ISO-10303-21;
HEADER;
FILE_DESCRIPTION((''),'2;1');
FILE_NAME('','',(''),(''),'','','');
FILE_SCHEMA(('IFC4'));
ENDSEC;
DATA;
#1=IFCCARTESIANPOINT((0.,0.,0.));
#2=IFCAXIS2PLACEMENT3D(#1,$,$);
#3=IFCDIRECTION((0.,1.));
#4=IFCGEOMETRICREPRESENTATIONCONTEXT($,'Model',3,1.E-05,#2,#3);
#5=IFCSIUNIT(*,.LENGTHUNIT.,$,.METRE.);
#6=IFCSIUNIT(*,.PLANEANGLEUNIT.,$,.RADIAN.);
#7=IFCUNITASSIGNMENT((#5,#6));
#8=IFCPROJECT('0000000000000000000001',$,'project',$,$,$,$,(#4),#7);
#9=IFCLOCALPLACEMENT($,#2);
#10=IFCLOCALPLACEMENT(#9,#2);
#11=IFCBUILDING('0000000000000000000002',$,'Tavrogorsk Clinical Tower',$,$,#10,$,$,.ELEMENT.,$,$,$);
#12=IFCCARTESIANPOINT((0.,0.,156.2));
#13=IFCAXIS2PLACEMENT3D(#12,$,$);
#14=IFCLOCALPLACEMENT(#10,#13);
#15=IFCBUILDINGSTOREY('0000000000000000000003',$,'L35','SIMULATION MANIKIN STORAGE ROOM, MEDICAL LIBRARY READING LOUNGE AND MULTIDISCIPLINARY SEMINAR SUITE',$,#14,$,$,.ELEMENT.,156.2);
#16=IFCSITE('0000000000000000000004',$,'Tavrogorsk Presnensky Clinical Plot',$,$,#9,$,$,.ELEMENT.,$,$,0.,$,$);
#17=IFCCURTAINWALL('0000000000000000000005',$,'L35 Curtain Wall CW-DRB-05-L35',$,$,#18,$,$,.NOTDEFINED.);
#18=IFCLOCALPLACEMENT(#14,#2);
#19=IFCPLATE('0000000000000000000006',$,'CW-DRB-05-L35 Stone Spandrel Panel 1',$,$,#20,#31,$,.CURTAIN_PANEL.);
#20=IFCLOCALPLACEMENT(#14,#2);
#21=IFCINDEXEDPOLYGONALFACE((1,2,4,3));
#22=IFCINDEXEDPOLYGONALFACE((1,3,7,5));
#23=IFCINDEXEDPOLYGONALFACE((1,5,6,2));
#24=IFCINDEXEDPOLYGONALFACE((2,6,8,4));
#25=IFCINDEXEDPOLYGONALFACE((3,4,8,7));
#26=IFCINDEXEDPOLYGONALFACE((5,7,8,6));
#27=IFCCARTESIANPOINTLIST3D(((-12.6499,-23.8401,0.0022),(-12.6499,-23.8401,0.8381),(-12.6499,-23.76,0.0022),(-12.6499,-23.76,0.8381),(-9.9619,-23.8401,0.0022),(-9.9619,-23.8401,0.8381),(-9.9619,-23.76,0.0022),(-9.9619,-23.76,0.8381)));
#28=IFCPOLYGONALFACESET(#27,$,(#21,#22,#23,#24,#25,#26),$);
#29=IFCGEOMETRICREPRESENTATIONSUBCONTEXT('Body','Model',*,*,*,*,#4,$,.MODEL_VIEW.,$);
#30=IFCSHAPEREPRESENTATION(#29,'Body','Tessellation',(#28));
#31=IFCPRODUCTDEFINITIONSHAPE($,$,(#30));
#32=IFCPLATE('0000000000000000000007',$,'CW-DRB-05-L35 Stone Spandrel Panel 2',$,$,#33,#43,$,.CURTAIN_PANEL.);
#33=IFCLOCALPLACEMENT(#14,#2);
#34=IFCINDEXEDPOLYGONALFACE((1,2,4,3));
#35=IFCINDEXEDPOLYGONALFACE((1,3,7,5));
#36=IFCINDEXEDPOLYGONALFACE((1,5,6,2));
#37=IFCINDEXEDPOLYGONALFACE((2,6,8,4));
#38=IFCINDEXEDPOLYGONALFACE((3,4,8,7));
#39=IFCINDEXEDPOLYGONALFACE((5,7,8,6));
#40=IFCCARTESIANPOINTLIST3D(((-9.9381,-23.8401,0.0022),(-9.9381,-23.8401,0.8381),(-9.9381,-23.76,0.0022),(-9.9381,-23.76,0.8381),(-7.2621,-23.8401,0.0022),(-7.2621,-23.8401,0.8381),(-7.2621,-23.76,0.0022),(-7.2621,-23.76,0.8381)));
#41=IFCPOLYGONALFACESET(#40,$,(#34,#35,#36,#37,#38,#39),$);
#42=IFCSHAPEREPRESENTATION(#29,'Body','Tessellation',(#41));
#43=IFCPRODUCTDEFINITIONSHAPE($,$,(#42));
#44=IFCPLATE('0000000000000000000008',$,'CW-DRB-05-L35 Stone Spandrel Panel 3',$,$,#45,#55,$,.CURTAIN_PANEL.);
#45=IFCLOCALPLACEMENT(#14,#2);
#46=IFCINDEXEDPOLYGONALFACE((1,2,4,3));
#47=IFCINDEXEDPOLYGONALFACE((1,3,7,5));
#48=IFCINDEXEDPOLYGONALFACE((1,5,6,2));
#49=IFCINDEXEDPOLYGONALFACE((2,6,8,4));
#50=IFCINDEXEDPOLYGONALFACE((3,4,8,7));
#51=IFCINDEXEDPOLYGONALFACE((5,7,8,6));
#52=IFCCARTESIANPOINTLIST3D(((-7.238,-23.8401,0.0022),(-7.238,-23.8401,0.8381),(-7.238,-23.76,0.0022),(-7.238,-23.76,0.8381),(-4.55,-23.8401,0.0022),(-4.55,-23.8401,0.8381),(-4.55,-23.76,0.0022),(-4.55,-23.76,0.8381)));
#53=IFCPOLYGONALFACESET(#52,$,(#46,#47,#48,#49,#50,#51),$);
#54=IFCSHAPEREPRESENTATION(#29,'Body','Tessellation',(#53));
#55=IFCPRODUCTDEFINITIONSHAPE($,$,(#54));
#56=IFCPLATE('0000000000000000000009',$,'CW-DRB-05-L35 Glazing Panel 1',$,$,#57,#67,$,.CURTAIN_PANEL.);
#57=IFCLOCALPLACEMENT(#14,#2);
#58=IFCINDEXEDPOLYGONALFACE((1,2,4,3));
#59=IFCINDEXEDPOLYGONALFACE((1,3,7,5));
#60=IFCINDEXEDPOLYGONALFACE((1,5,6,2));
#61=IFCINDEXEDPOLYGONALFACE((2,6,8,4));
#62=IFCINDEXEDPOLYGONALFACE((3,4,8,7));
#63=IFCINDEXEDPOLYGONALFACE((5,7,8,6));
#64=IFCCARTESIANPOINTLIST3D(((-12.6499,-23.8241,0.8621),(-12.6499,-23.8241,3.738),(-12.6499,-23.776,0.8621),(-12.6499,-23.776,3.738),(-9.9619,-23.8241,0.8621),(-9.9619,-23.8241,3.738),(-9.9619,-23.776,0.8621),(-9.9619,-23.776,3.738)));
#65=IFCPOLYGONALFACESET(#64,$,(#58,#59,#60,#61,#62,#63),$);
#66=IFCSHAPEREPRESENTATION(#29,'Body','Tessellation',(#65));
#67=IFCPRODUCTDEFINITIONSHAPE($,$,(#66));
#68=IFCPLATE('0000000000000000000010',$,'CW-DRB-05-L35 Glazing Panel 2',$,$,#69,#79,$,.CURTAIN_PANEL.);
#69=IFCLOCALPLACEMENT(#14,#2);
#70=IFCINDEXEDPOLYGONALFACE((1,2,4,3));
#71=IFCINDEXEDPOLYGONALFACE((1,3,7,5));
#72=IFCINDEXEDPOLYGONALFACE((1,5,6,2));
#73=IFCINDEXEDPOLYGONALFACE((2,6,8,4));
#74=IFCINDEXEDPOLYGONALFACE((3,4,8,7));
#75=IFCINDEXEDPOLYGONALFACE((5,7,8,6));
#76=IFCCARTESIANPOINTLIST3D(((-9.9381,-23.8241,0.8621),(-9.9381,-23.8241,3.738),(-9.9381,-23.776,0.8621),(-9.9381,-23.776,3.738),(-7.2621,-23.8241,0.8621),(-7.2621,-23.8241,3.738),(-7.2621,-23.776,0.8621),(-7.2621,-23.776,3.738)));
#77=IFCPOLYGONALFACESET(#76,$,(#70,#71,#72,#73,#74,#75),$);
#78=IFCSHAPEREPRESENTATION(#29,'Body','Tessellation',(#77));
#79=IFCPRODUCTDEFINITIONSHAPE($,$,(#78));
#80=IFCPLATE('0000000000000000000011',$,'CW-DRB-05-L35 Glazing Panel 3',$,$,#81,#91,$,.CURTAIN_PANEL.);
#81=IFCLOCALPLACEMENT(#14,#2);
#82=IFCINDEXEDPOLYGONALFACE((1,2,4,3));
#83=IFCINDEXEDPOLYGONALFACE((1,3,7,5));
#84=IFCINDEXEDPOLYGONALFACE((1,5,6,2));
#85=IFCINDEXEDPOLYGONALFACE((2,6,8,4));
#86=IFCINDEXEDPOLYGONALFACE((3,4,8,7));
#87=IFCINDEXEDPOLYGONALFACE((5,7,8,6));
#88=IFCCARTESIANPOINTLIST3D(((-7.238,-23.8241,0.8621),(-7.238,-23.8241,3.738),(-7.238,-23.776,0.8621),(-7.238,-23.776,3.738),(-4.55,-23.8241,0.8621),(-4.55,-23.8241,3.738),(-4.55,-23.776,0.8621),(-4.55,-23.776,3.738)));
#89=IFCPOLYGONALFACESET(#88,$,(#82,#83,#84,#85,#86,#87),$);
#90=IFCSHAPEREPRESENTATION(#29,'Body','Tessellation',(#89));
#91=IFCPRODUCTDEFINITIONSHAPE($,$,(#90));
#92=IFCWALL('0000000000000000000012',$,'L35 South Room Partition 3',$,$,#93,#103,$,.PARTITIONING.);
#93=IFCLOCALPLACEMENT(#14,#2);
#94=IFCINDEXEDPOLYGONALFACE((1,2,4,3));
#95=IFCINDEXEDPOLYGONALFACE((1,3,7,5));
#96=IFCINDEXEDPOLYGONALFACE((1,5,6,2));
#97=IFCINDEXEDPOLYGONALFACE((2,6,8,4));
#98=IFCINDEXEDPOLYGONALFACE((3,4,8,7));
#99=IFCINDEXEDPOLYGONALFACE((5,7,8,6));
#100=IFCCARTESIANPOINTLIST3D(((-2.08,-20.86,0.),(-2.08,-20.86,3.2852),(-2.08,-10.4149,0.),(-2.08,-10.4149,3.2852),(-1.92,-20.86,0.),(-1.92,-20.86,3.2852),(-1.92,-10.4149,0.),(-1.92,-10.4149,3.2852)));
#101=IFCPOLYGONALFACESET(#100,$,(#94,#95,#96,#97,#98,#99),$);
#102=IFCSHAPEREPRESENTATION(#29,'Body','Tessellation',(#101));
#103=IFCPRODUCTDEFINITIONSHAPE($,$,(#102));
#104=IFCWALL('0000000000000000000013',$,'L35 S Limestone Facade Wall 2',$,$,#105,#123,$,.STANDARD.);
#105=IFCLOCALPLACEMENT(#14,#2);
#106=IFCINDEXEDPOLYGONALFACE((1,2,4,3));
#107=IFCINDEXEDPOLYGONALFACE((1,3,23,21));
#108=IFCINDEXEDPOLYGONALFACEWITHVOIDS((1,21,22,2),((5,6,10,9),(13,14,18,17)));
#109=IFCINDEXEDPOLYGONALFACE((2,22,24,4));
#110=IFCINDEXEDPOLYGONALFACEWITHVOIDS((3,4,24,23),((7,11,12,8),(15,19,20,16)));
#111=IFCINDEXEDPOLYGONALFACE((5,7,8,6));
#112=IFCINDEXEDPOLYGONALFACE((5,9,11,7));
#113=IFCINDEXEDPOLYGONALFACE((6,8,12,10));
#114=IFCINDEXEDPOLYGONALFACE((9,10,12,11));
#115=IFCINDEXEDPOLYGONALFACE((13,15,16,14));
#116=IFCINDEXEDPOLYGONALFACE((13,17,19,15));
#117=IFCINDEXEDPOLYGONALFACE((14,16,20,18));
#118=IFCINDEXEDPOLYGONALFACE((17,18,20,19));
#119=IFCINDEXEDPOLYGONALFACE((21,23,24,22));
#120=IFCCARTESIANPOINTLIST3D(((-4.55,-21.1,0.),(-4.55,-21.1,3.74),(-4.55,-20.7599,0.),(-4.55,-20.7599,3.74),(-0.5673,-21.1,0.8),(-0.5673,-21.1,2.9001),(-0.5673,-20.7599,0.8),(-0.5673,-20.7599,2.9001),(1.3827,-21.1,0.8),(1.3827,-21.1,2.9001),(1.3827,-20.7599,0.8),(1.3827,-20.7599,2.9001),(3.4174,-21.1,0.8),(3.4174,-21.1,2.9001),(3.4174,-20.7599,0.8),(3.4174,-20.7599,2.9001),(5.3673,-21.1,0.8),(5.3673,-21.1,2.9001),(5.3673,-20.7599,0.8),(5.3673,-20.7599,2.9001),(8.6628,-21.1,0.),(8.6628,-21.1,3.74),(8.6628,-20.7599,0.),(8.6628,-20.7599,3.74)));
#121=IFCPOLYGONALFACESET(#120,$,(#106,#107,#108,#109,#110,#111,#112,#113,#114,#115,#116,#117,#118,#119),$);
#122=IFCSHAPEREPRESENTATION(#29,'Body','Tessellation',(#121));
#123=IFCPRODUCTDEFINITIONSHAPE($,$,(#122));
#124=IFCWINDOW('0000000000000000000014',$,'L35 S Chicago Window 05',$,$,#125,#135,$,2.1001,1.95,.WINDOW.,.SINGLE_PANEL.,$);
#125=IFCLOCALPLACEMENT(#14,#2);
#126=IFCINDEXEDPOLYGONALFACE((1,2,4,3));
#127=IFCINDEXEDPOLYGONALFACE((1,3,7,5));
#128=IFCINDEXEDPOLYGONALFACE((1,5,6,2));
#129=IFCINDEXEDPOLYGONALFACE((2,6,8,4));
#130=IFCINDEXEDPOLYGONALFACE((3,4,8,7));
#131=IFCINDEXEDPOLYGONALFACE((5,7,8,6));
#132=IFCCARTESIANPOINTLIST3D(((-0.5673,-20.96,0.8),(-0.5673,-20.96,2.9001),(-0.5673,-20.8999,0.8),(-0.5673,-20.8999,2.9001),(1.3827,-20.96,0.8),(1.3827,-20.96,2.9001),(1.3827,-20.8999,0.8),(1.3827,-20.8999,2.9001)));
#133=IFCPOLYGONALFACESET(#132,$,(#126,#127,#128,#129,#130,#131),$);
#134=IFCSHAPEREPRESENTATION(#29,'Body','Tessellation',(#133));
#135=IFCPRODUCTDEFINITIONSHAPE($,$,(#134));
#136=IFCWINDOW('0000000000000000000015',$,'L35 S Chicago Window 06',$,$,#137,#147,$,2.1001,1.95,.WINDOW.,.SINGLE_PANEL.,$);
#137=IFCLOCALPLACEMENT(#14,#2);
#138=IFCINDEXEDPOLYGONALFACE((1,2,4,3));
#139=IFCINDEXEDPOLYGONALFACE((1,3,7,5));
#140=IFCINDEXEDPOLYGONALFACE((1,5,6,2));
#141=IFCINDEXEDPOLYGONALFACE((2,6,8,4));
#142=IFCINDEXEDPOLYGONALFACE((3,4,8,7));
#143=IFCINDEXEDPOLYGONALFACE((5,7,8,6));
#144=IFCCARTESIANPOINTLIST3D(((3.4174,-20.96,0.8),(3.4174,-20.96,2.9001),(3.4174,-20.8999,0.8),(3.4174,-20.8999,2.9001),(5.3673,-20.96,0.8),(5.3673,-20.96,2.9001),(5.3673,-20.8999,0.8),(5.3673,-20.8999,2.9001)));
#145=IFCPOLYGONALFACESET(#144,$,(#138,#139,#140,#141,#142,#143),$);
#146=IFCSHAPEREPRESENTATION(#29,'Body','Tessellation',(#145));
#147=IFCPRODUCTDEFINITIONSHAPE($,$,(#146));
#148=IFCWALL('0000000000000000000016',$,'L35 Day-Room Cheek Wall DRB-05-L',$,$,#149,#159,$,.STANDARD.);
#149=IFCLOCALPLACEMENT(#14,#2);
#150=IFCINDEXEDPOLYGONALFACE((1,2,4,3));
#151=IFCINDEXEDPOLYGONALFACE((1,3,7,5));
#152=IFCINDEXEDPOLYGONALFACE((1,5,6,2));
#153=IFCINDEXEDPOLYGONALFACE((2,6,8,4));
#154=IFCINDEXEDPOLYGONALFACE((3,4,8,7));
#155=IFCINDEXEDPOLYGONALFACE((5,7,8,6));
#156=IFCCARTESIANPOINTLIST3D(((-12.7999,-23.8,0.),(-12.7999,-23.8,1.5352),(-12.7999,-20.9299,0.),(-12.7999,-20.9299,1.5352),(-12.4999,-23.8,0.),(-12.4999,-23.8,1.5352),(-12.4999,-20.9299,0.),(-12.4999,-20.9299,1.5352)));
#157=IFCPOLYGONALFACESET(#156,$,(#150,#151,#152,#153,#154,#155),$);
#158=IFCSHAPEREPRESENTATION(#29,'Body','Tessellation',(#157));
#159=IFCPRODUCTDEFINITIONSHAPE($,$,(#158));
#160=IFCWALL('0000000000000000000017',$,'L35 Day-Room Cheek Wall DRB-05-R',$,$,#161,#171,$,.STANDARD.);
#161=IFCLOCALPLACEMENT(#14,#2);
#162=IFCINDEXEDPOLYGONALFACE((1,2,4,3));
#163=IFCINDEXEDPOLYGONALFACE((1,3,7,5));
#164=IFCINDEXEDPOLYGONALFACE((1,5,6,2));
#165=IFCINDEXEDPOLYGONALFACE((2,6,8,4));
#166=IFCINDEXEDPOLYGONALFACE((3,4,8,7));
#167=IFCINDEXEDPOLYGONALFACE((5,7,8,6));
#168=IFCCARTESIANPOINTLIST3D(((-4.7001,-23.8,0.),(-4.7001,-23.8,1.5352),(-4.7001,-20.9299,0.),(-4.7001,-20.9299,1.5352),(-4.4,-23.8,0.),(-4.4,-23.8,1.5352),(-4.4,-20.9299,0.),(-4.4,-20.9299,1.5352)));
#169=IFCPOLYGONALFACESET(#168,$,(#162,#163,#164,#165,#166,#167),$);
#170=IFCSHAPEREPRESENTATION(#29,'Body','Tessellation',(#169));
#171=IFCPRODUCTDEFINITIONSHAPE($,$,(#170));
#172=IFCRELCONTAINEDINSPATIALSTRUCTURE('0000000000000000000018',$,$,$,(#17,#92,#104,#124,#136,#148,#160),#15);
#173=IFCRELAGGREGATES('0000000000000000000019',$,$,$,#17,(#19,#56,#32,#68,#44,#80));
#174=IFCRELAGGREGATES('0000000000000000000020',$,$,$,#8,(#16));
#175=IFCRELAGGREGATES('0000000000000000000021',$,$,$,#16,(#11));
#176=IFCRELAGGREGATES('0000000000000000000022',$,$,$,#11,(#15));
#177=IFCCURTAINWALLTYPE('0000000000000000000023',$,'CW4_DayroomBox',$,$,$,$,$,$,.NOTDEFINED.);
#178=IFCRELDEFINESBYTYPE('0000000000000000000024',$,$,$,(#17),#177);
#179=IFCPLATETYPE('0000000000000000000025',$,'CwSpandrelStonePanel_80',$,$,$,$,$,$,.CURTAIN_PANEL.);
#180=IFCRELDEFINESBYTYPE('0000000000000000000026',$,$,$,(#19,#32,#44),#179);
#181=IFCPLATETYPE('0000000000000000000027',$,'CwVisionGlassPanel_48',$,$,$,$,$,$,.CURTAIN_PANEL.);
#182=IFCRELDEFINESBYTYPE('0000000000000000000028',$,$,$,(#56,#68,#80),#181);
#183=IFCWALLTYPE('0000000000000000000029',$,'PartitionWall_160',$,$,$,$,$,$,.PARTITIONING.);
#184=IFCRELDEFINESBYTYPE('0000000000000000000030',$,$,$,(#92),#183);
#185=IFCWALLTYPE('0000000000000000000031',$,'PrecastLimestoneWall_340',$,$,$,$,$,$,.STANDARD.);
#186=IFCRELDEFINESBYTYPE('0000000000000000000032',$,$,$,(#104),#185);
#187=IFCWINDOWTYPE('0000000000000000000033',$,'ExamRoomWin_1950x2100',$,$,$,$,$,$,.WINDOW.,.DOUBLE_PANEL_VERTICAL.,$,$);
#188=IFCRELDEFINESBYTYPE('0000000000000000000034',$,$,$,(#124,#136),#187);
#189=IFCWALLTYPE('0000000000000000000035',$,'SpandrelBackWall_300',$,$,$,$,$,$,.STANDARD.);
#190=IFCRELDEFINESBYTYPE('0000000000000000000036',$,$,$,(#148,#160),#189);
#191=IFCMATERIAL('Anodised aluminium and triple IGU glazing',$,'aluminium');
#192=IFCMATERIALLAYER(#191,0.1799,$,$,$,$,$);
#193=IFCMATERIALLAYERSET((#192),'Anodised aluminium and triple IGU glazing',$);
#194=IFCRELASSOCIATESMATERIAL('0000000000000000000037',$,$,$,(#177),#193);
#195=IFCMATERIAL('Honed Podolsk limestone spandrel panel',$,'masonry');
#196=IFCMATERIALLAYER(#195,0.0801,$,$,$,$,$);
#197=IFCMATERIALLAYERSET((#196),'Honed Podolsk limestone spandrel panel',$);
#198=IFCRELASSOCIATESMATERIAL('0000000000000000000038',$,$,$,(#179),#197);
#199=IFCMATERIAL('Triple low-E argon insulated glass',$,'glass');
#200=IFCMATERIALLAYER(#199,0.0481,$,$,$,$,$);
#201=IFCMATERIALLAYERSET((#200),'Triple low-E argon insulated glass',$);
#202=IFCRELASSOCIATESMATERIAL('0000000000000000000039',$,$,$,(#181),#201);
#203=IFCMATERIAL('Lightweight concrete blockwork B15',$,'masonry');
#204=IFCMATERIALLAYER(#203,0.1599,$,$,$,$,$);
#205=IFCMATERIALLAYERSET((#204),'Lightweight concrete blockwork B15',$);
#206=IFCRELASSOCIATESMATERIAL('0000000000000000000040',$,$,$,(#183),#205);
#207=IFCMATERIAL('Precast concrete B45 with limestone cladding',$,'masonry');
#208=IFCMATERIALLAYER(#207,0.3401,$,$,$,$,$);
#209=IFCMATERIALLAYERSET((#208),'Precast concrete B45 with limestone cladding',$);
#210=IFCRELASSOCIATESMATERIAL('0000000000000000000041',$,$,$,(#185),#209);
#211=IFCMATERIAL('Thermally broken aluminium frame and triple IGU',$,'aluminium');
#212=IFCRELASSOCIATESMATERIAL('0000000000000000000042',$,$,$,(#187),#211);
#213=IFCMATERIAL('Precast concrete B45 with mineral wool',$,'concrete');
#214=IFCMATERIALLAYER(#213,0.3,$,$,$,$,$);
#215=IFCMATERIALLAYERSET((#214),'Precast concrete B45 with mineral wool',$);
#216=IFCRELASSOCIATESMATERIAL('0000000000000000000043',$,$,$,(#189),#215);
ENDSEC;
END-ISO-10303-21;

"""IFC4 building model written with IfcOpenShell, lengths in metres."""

from ifc_helpers import new_model, si_unit, direction, frame, frame_2d, origin, origin_2d, place, context, subcontext, project, spatial, rectangle, extrude, material, layer, layer_set, type_object, element, fill, aggregate, save


model = new_model("IFC4")

# Units and contexts
model_context = context("Model", 3, precision=1e-05, world=origin(), true_north=direction((0.0, 1.0)))
body_context = subcontext(model_context, "Body", "Model", "MODEL_VIEW")
ifc_project = project(units=[si_unit("LENGTHUNIT", "METRE"), si_unit("PLANEANGLEUNIT", "RADIAN")], contexts=[model_context])

# Site, building, storey
site_placement = place(None, origin())
site = spatial("IfcSite", under=ifc_project, at=site_placement, Name="Tavrogorsk Presnensky Clinical Plot", CompositionType="ELEMENT", RefElevation=0.0)
building_placement = place(site_placement, origin())
building = spatial("IfcBuilding", under=site, at=building_placement, Name="Tavrogorsk Clinical Tower", CompositionType="ELEMENT")
storey_placement = place(building_placement, frame((0.0, 0.0, 156.2)))
storey = spatial("IfcBuildingStorey", under=building, at=storey_placement, Name="L35", Description="SIMULATION MANIKIN STORAGE ROOM, MEDICAL LIBRARY READING LOUNGE AND MULTIDISCIPLINARY SEMINAR SUITE", CompositionType="ELEMENT", Elevation=156.2)

# Curtain wall
ifc_material_1 = material(Name="Anodised aluminium and triple IGU glazing", Category="aluminium")
ifc_layer_1 = layer(ifc_material_1, 0.1799)
ifc_layer_set_1 = layer_set([ifc_layer_1], Name="Anodised aluminium and triple IGU glazing")
curtain_wall_type = type_object("IfcCurtainWallType", Name="CW4_DayroomBox", PredefinedType="NOTDEFINED", material=ifc_layer_set_1)
curtain_wall_placement = place(storey_placement, origin())
curtain_wall = element("IfcCurtainWall", 1, at=curtain_wall_placement, inside=storey, type_object=curtain_wall_type, Name="L35 Curtain Wall CW-DRB-05-L35", PredefinedType="NOTDEFINED")

# Plates
ifc_material_2 = material(Name="Honed Podolsk limestone spandrel panel", Category="masonry")
ifc_layer_2 = layer(ifc_material_2, 0.0801)
ifc_layer_set_2 = layer_set([ifc_layer_2], Name="Honed Podolsk limestone spandrel panel")
plate_type_1 = type_object("IfcPlateType", Name="CwSpandrelStonePanel_80", PredefinedType="CURTAIN_PANEL", material=ifc_layer_set_2)
plate_1_placement = place(storey_placement, frame((-11.3059, -23.8, 0.0022), z_axis=(0.0, 0.0, 1.0), x_axis=(1.0, 0.0, 0.0)))
plate_1 = element("IfcPlate", 2, at=plate_1_placement, type_object=plate_type_1, Name="CW-DRB-05-L35 Stone Spandrel Panel 1", PredefinedType="CURTAIN_PANEL", context=body_context, shape_type="SweptSolid", body=[
    extrude(rectangle(XDim=2.688, YDim=0.0801, at=origin_2d()), origin(), (0.0, 0.0, 1.0), 0.8359),
])
plate_2_placement = place(storey_placement, frame((-8.6001, -23.8, 0.0022), z_axis=(0.0, 0.0, 1.0), x_axis=(1.0, 0.0, 0.0)))
plate_2 = element("IfcPlate", 3, at=plate_2_placement, type_object=plate_type_1, Name="CW-DRB-05-L35 Stone Spandrel Panel 2", PredefinedType="CURTAIN_PANEL", context=body_context, shape_type="SweptSolid", body=[
    extrude(rectangle(XDim=2.676, YDim=0.0801, at=origin_2d()), origin(), (0.0, 0.0, 1.0), 0.8359),
])
plate_3_placement = place(storey_placement, frame((-5.894, -23.8, 0.0022), z_axis=(0.0, 0.0, 1.0), x_axis=(1.0, 0.0, 0.0)))
plate_3 = element("IfcPlate", 4, at=plate_3_placement, type_object=plate_type_1, Name="CW-DRB-05-L35 Stone Spandrel Panel 3", PredefinedType="CURTAIN_PANEL", context=body_context, shape_type="SweptSolid", body=[
    extrude(rectangle(XDim=2.688, YDim=0.0801, at=origin_2d()), origin(), (0.0, 0.0, 1.0), 0.8359),
])
ifc_material_3 = material(Name="Triple low-E argon insulated glass", Category="glass")
ifc_layer_3 = layer(ifc_material_3, 0.0481)
ifc_layer_set_3 = layer_set([ifc_layer_3], Name="Triple low-E argon insulated glass")
plate_type_2 = type_object("IfcPlateType", Name="CwVisionGlassPanel_48", PredefinedType="CURTAIN_PANEL", material=ifc_layer_set_3)
plate_4_placement = place(storey_placement, frame((-11.3059, -23.8, 0.8621), z_axis=(0.0, 0.0, 1.0), x_axis=(1.0, 0.0, 0.0)))
plate_4 = element("IfcPlate", 5, at=plate_4_placement, type_object=plate_type_2, Name="CW-DRB-05-L35 Glazing Panel 1", PredefinedType="CURTAIN_PANEL", context=body_context, shape_type="SweptSolid", body=[
    extrude(rectangle(XDim=2.688, YDim=0.0481, at=origin_2d()), origin(), (0.0, 0.0, 1.0), 2.876),
])
plate_5_placement = place(storey_placement, frame((-8.6001, -23.8, 0.8621), z_axis=(0.0, 0.0, 1.0), x_axis=(1.0, 0.0, 0.0)))
plate_5 = element("IfcPlate", 6, at=plate_5_placement, type_object=plate_type_2, Name="CW-DRB-05-L35 Glazing Panel 2", PredefinedType="CURTAIN_PANEL", context=body_context, shape_type="SweptSolid", body=[
    extrude(rectangle(XDim=2.676, YDim=0.0481, at=origin_2d()), origin(), (0.0, 0.0, 1.0), 2.876),
])
plate_6_placement = place(storey_placement, frame((-5.894, -23.8, 0.8621), z_axis=(0.0, 0.0, 1.0), x_axis=(1.0, 0.0, 0.0)))
plate_6 = element("IfcPlate", 7, at=plate_6_placement, type_object=plate_type_2, Name="CW-DRB-05-L35 Glazing Panel 3", PredefinedType="CURTAIN_PANEL", context=body_context, shape_type="SweptSolid", body=[
    extrude(rectangle(XDim=2.688, YDim=0.0481, at=origin_2d()), origin(), (0.0, 0.0, 1.0), 2.876),
])
aggregate(curtain_wall, [plate_1, plate_4, plate_2, plate_5, plate_3, plate_6])

# Wall
ifc_material_4 = material(Name="Lightweight concrete blockwork B15", Category="masonry")
ifc_layer_4 = layer(ifc_material_4, 0.1599)
ifc_layer_set_4 = layer_set([ifc_layer_4], Name="Lightweight concrete blockwork B15")
wall_type_1 = type_object("IfcWallType", Name="PartitionWall_160", PredefinedType="PARTITIONING", material=ifc_layer_set_4)
wall_1_placement = place(storey_placement, frame((-2.0, -20.8601, 0.0), z_axis=(0.0, 0.0, 1.0), x_axis=(0.0, 1.0, 0.0)))
element("IfcWall", 8, at=wall_1_placement, inside=storey, type_object=wall_type_1, Name="L35 South Room Partition 3", PredefinedType="PARTITIONING", context=body_context, shape_type="SweptSolid", body=[
    extrude(rectangle(XDim=10.4451, YDim=0.1599, at=frame_2d((5.2227, 0.0))), origin(), (0.0, 0.0, 1.0), 3.2852),
])

# Wall, openings, windows
ifc_material_5 = material(Name="Precast concrete B45 with limestone cladding", Category="masonry")
ifc_layer_5 = layer(ifc_material_5, 0.3401)
ifc_layer_set_5 = layer_set([ifc_layer_5], Name="Precast concrete B45 with limestone cladding")
wall_type_2 = type_object("IfcWallType", Name="PrecastLimestoneWall_340", PredefinedType="STANDARD", material=ifc_layer_set_5)
wall_2_placement = place(storey_placement, frame((-4.55, -20.9299, 0.0), z_axis=(0.0, 0.0, 1.0), x_axis=(1.0, 0.0, 0.0)))
wall_2 = element("IfcWall", 9, at=wall_2_placement, inside=storey, type_object=wall_type_2, Name="L35 S Limestone Facade Wall 2", PredefinedType="STANDARD", context=body_context, shape_type="SweptSolid", body=[
    extrude(rectangle(XDim=13.2129, YDim=0.3401, at=frame_2d((6.6064, 0.0))), origin(), (0.0, 0.0, 1.0), 3.74),
])
opening_1_placement = place(wall_2_placement, frame((3.9827, 0.0, 0.8)))
opening_1 = element("IfcOpeningElement", 10, at=opening_1_placement, cuts=wall_2, PredefinedType="OPENING", context=body_context, shape_type="SweptSolid", body=[
    extrude(rectangle(XDim=1.95, YDim=2.1001, at=frame_2d((0.9751, 1.05))), frame((0.0, 0.1799, 0.0), z_axis=(0.0, -1.0, 0.0), x_axis=(1.0, 0.0, 0.0)), (0.0, 0.0, 1.0), 0.3601),
])
opening_2_placement = place(wall_2_placement, frame((7.9673, 0.0, 0.8)))
opening_2 = element("IfcOpeningElement", 11, at=opening_2_placement, cuts=wall_2, PredefinedType="OPENING", context=body_context, shape_type="SweptSolid", body=[
    extrude(rectangle(XDim=1.95, YDim=2.1001, at=frame_2d((0.9751, 1.05))), frame((0.0, 0.1799, 0.0), z_axis=(0.0, -1.0, 0.0), x_axis=(1.0, 0.0, 0.0)), (0.0, 0.0, 1.0), 0.3601),
])
ifc_material_6 = material(Name="Thermally broken aluminium frame and triple IGU", Category="aluminium")
window_type = type_object("IfcWindowType", Name="ExamRoomWin_1950x2100", PartitioningType="DOUBLE_PANEL_VERTICAL", PredefinedType="WINDOW", material=ifc_material_6)
window_1_placement = place(opening_1_placement, origin())
window_1 = element("IfcWindow", 12, at=window_1_placement, inside=storey, type_object=window_type, Name="L35 S Chicago Window 05", OverallHeight=2.1001, OverallWidth=1.95, PartitioningType="SINGLE_PANEL", PredefinedType="WINDOW", context=body_context, shape_type="SweptSolid", body=[
    extrude(rectangle(XDim=1.95, YDim=2.1001, at=frame_2d((0.9751, 1.05))), frame((0.0, 0.03, 0.0), z_axis=(0.0, -1.0, 0.0), x_axis=(1.0, 0.0, 0.0)), (0.0, 0.0, 1.0), 0.0601),
])
fill(opening_1, window_1)
window_2_placement = place(opening_2_placement, origin())
window_2 = element("IfcWindow", 13, at=window_2_placement, inside=storey, type_object=window_type, Name="L35 S Chicago Window 06", OverallHeight=2.1001, OverallWidth=1.95, PartitioningType="SINGLE_PANEL", PredefinedType="WINDOW", context=body_context, shape_type="SweptSolid", body=[
    extrude(rectangle(XDim=1.95, YDim=2.1001, at=frame_2d((0.9751, 1.05))), frame((0.0, 0.03, 0.0), z_axis=(0.0, -1.0, 0.0), x_axis=(1.0, 0.0, 0.0)), (0.0, 0.0, 1.0), 0.0601),
])
fill(opening_2, window_2)

# Walls
ifc_material_7 = material(Name="Precast concrete B45 with mineral wool", Category="concrete")
ifc_layer_6 = layer(ifc_material_7, 0.3)
ifc_layer_set_6 = layer_set([ifc_layer_6], Name="Precast concrete B45 with mineral wool")
wall_type_3 = type_object("IfcWallType", Name="SpandrelBackWall_300", PredefinedType="STANDARD", material=ifc_layer_set_6)
for number, where, z_axis, x_axis, name in (
    (14, (-12.6499, -20.9299, 0.0), (0.0, 0.0, 1.0), (0.0, -1.0, 0.0), "L35 Day-Room Cheek Wall DRB-05-L"),
    (15, (-4.55, -20.9299, 0.0), (0.0, 0.0, 1.0), (0.0, -1.0, 0.0), "L35 Day-Room Cheek Wall DRB-05-R"),
):
    element("IfcWall", number, at=place(storey_placement, frame(where, z_axis=z_axis, x_axis=x_axis)), inside=storey, type_object=wall_type_3, Name=name, PredefinedType="STANDARD", context=body_context, shape_type="SweptSolid", body=[
        extrude(rectangle(XDim=2.8701, YDim=0.3, at=frame_2d((1.4351, 0.0))), origin(), (0.0, 0.0, 1.0), 1.5352),
    ])

save(model, "model.ifc")
